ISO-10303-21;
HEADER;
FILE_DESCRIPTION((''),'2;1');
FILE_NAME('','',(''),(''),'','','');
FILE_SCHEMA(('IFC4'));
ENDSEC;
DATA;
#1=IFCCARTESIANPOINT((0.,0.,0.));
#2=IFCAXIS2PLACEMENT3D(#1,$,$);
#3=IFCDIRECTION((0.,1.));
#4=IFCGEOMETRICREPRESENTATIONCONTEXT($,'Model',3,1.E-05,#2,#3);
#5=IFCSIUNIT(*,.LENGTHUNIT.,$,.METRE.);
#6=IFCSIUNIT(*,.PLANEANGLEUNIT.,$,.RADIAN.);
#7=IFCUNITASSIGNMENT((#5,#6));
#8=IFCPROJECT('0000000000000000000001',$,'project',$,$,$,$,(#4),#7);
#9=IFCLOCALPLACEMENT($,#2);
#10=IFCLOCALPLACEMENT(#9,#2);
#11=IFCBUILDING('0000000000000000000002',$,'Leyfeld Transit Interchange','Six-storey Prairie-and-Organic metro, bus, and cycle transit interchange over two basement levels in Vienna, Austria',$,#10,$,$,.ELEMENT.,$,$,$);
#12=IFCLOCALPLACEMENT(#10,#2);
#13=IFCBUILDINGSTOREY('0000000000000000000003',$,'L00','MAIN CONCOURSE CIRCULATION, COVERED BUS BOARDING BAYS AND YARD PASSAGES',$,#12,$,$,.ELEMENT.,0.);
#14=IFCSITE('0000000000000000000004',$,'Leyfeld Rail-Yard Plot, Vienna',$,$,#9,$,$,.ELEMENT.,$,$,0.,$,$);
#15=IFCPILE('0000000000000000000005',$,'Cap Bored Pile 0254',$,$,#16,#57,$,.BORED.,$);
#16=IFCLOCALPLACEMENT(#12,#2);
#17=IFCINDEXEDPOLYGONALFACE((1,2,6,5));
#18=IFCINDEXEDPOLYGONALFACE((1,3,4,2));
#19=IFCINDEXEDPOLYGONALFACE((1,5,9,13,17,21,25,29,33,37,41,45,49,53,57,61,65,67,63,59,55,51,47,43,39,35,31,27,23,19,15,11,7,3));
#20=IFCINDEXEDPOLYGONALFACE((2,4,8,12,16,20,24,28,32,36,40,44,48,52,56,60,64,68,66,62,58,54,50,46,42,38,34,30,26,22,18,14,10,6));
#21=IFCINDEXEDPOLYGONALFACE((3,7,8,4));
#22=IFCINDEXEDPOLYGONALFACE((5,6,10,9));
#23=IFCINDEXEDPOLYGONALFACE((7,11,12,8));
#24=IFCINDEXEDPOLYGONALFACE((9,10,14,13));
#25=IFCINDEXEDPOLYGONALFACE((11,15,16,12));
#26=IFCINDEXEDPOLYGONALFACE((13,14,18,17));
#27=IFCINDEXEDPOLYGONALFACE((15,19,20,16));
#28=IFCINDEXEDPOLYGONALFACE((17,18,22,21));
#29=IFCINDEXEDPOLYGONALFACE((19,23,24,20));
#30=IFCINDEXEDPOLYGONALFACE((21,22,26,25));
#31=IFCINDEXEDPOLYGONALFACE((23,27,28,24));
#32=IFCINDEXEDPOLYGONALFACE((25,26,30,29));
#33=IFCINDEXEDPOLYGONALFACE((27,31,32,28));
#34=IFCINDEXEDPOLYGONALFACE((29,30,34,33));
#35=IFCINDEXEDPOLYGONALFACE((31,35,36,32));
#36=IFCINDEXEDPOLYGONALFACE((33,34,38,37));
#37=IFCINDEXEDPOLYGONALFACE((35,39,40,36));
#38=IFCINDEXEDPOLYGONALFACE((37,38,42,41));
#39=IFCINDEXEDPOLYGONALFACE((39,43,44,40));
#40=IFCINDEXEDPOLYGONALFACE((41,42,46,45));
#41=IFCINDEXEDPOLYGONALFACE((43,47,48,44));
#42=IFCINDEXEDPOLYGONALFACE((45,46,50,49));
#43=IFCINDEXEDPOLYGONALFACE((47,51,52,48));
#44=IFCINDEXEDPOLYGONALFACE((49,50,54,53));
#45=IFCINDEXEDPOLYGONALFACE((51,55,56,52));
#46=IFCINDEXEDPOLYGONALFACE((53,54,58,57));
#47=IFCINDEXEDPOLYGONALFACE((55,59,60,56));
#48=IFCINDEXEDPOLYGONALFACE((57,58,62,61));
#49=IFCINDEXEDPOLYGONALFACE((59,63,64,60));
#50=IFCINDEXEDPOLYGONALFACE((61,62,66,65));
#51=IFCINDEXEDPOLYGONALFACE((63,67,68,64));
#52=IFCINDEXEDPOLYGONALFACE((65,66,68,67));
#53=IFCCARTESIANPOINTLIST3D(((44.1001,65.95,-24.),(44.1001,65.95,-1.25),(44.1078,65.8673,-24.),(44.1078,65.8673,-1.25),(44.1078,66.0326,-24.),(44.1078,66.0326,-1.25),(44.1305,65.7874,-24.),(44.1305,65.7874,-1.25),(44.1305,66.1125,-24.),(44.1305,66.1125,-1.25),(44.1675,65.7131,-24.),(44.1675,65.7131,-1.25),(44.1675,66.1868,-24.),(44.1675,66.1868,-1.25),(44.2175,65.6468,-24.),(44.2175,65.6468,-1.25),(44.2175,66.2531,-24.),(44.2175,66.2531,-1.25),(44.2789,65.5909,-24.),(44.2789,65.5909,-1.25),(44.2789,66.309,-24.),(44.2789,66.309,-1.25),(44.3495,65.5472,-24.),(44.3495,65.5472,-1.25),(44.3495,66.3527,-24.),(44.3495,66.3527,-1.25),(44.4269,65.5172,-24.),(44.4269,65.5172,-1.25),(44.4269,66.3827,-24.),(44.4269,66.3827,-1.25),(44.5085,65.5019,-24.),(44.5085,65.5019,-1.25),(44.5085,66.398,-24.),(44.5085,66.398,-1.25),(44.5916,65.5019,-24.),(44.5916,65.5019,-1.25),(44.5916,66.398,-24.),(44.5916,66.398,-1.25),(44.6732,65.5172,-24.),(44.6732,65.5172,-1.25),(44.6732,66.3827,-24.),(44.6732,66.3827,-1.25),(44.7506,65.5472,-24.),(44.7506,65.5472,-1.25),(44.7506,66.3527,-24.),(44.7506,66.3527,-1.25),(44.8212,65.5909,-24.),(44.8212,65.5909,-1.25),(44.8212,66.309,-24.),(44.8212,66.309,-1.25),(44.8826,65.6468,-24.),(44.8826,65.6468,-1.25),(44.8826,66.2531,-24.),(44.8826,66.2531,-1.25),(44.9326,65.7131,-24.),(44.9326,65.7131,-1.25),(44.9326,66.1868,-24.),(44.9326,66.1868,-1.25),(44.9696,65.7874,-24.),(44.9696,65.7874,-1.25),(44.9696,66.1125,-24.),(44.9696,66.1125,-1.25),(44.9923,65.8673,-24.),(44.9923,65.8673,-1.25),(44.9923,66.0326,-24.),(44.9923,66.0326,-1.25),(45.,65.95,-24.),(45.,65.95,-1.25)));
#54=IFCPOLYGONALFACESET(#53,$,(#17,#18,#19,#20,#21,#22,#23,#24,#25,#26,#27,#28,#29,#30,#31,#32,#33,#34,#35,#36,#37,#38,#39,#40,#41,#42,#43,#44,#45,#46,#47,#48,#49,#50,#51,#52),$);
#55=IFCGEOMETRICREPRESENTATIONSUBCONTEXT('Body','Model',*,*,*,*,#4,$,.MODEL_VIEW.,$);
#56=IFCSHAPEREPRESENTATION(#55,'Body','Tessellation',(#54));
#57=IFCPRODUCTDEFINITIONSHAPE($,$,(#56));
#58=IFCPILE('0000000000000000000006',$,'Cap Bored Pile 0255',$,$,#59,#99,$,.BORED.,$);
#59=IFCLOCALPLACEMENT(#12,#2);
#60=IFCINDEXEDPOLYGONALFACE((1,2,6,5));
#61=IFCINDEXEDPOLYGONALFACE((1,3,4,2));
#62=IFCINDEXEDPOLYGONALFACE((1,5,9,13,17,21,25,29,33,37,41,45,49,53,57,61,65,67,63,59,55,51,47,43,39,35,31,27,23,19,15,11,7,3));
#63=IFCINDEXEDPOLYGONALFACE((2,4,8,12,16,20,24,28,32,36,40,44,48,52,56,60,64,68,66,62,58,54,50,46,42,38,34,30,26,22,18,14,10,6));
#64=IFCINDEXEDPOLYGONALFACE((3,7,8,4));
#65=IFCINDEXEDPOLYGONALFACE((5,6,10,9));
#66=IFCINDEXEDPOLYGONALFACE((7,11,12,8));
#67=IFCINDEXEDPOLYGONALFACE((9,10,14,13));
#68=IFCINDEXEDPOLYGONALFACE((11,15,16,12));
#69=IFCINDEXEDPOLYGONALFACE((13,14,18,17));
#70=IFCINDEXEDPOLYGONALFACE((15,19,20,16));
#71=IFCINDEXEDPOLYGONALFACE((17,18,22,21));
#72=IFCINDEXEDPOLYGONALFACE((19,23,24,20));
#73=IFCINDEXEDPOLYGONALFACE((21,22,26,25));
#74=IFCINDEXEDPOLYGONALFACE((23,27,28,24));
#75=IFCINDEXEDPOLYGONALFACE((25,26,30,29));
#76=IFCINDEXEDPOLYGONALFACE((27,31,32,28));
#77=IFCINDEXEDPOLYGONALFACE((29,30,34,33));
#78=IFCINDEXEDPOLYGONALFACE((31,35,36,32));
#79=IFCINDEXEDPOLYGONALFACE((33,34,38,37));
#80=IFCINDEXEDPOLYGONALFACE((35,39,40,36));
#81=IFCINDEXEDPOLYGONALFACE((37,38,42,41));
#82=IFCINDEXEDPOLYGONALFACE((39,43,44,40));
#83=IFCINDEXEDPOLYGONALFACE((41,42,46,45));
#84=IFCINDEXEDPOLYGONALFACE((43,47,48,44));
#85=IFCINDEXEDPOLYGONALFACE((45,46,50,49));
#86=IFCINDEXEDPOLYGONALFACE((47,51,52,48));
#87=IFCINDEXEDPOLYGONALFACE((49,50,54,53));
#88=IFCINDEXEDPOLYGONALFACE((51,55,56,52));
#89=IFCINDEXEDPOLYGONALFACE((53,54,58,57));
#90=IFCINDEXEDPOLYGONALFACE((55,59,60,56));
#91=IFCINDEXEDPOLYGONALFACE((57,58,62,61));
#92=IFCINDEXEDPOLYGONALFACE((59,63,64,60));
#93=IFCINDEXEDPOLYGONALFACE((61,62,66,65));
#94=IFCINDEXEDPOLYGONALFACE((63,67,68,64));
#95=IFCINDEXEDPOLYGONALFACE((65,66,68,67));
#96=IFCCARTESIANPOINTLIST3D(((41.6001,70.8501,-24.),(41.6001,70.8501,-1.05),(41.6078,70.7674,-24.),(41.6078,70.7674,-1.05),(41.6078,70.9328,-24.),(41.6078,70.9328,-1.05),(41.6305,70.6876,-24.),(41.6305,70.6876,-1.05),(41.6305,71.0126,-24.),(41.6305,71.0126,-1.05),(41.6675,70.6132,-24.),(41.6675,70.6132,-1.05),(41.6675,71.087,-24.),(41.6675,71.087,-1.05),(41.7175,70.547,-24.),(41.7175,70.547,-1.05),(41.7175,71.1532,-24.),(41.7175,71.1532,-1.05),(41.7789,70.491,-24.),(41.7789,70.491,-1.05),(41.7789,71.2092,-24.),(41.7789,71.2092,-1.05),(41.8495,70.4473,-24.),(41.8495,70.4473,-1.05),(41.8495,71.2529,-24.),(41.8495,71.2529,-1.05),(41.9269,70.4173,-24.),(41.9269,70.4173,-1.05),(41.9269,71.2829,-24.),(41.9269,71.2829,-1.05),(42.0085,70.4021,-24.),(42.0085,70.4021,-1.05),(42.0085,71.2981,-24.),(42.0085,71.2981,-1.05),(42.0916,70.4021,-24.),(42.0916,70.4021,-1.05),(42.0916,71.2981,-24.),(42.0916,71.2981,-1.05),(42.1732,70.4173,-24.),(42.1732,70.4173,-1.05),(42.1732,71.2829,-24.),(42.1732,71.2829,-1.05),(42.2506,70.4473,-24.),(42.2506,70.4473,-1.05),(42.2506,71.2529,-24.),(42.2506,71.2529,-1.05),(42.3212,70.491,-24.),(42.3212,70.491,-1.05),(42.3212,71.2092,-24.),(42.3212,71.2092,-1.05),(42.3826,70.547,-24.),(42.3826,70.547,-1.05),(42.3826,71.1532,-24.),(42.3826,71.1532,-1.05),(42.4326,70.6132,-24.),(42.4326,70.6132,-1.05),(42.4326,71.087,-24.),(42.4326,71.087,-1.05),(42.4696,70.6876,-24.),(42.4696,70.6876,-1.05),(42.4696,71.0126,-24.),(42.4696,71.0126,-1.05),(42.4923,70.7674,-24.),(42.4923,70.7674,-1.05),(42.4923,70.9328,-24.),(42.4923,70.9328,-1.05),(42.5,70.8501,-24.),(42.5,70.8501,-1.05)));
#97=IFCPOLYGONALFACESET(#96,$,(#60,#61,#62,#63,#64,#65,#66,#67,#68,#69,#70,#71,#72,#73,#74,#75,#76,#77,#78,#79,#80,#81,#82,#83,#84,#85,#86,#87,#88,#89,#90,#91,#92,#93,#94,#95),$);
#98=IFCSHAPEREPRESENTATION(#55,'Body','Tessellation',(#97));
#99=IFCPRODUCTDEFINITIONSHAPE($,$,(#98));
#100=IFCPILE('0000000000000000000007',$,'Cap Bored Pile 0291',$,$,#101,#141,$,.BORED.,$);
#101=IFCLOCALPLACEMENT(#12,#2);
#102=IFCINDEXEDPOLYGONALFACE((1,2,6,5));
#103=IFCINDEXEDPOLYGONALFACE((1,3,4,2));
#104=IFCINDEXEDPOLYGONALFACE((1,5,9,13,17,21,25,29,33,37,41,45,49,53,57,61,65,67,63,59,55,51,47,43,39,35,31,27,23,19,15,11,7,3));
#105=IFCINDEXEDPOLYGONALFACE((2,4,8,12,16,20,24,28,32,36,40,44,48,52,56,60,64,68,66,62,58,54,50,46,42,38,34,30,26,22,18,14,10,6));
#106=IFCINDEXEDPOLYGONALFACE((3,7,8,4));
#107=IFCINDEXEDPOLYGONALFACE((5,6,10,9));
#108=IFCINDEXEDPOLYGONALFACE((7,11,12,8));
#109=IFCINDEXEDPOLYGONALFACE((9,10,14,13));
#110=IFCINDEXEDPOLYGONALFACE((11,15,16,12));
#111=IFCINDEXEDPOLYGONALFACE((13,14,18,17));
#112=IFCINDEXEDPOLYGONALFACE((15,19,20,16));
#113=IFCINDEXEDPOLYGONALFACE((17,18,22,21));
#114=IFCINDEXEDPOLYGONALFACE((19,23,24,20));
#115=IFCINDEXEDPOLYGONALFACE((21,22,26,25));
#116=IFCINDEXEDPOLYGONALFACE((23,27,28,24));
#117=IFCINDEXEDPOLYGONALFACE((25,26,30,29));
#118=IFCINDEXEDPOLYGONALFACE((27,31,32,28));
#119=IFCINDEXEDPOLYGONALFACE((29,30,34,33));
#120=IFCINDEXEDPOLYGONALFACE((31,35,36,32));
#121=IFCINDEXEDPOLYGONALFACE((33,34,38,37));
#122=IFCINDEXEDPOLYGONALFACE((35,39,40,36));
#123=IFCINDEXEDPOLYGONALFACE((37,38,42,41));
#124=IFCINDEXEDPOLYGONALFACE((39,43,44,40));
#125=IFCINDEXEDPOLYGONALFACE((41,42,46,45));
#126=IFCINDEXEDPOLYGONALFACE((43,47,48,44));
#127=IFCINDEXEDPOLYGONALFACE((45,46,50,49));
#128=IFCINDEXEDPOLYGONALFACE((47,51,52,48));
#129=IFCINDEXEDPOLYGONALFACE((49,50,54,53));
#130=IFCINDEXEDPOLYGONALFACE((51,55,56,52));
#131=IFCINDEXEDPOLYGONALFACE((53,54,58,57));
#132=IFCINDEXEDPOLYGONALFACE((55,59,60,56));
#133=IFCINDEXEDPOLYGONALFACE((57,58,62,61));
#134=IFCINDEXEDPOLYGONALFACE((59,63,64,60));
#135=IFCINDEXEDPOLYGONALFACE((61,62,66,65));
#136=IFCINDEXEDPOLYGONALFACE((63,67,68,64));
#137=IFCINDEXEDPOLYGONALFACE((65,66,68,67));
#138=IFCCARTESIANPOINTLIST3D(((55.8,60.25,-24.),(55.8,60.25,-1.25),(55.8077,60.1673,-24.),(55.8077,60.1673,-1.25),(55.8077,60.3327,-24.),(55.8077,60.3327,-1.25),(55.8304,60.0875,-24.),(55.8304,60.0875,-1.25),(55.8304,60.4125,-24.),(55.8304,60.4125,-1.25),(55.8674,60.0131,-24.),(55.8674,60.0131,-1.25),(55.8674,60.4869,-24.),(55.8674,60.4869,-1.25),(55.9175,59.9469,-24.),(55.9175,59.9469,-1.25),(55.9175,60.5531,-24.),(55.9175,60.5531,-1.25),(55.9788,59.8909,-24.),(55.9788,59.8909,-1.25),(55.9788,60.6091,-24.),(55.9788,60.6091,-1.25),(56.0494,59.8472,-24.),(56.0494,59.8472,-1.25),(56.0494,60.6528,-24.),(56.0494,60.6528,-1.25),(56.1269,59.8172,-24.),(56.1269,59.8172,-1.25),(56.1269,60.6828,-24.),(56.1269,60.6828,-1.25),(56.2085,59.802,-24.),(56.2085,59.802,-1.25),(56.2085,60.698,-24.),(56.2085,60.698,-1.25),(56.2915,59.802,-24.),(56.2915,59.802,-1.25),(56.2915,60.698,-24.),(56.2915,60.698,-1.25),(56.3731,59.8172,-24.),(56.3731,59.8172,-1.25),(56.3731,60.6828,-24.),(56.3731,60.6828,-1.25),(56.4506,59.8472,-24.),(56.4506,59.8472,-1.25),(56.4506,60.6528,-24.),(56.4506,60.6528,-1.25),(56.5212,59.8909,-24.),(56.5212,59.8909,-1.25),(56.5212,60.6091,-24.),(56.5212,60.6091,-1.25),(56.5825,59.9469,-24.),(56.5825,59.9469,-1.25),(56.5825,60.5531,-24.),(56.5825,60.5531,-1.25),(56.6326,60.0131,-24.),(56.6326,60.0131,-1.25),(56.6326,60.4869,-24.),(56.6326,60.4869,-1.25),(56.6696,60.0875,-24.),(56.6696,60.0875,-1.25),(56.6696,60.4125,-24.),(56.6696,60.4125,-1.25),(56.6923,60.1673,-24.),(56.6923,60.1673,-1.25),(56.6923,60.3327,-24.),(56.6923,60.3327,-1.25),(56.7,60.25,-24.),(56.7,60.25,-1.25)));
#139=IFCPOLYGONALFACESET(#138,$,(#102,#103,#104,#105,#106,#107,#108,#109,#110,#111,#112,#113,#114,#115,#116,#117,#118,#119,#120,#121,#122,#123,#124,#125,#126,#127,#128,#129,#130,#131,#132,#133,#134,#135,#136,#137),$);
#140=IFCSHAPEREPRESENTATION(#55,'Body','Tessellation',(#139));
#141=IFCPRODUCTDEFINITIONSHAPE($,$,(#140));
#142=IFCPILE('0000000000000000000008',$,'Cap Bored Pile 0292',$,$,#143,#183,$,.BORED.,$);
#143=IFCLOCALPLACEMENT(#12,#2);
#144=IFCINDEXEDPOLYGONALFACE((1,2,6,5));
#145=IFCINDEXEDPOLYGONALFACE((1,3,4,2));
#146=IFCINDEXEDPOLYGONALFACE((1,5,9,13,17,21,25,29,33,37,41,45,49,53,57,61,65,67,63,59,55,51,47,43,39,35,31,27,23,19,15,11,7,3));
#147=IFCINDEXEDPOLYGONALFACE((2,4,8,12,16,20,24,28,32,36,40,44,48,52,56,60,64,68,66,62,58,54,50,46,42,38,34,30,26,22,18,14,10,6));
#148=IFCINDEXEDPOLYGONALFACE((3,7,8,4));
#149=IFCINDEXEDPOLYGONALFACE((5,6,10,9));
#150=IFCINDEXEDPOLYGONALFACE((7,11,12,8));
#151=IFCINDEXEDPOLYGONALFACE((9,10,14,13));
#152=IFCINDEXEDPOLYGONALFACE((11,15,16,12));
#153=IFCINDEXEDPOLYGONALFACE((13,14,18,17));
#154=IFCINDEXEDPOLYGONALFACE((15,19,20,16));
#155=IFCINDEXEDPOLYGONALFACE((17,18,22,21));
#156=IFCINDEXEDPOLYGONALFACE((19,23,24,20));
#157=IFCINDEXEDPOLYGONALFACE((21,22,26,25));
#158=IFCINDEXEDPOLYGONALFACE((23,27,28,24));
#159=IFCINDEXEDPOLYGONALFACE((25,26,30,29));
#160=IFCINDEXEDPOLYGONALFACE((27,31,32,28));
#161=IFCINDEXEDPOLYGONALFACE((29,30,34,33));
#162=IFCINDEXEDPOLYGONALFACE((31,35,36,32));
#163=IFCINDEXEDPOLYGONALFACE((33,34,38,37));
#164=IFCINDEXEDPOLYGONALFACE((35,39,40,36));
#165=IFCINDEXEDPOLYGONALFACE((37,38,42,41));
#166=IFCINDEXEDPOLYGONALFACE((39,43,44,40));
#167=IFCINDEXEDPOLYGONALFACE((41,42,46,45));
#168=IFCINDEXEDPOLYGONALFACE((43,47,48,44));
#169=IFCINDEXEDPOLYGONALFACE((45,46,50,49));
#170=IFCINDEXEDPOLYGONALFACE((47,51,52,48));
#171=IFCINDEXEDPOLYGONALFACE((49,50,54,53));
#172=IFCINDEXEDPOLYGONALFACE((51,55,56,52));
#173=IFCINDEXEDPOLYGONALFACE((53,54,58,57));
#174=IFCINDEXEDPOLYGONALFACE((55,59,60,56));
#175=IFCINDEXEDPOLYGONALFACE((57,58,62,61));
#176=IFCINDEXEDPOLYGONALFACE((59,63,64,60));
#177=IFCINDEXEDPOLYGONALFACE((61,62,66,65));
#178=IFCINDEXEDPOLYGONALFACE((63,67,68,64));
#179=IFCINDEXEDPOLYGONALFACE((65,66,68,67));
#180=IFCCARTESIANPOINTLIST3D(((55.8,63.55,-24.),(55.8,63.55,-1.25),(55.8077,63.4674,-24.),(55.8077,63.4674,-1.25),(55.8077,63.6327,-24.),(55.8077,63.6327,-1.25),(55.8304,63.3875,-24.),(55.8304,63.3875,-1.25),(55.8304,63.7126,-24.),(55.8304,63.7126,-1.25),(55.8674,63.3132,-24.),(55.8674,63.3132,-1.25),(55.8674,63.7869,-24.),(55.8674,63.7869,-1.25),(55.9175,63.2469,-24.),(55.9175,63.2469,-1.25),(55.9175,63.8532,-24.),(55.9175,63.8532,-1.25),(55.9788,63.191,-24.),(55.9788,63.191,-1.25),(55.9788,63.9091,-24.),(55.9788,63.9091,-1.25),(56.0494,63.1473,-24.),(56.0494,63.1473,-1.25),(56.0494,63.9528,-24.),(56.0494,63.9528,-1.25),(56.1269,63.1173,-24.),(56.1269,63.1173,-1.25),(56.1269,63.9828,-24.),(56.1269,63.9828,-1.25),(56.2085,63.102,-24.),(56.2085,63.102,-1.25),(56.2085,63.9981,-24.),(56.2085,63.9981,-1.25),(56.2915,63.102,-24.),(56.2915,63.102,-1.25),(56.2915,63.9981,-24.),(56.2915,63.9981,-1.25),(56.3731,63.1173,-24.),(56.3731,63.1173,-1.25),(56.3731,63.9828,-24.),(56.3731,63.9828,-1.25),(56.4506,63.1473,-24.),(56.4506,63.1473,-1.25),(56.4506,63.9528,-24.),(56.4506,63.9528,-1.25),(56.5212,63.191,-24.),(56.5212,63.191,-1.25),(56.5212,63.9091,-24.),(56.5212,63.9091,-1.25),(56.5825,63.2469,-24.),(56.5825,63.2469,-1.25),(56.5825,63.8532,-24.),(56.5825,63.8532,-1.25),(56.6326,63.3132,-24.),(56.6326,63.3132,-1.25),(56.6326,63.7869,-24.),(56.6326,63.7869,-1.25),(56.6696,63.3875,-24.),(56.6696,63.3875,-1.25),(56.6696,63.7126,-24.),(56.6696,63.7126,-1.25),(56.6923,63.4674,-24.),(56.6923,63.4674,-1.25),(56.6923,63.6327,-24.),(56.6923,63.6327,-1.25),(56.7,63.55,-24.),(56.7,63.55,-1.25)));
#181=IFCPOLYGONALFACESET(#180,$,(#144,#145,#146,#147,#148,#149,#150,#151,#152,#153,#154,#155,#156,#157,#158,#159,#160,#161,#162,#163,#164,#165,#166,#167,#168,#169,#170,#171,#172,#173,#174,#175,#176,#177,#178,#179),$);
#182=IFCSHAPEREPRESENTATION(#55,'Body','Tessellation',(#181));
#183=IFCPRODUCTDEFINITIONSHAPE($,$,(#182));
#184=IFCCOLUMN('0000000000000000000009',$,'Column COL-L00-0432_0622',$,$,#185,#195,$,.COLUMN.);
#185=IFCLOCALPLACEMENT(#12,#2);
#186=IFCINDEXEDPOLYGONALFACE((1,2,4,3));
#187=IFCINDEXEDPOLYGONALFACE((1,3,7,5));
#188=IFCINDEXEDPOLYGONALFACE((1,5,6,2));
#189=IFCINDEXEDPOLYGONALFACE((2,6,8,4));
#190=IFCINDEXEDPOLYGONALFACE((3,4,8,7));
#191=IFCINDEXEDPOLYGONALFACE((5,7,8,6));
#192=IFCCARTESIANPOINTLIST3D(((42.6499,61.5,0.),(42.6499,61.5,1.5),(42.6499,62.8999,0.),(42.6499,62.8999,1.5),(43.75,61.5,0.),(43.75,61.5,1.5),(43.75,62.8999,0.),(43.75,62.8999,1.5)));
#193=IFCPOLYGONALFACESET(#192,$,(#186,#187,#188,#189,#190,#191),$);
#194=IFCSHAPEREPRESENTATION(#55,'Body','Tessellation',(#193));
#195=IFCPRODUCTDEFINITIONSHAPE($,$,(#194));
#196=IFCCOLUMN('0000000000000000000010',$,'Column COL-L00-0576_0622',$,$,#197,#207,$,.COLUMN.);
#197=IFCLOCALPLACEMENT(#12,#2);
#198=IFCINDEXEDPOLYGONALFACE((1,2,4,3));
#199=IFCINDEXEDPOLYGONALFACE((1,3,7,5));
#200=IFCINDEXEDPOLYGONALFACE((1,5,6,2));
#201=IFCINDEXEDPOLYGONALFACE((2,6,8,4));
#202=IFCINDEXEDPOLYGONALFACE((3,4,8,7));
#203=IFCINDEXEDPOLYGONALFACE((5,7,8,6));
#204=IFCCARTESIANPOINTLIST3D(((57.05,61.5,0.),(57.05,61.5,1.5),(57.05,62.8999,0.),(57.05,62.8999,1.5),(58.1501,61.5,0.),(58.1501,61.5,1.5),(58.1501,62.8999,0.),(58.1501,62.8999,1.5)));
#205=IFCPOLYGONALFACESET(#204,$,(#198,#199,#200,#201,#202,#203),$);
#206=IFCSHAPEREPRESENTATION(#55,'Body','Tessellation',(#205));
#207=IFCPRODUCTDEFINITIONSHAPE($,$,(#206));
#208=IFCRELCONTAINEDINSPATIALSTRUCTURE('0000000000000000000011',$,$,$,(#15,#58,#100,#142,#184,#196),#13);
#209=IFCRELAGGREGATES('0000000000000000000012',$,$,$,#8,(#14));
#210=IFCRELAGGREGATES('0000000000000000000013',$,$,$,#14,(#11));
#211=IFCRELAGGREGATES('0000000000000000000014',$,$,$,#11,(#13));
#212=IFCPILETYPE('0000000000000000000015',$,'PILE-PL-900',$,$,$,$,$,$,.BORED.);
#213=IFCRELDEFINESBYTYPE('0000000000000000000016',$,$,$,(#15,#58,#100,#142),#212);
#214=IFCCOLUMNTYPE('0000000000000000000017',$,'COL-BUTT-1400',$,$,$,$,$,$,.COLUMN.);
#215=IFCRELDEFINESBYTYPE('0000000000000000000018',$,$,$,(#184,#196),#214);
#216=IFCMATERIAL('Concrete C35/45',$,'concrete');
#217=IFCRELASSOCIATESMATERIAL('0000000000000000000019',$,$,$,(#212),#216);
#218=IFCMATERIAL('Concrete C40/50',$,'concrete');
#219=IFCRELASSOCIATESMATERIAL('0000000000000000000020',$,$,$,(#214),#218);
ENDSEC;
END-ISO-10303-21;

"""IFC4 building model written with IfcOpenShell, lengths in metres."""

from ifc_helpers import new_model, si_unit, direction, frame, origin, origin_2d, place, context, subcontext, project, spatial, rectangle, circle, extrude, material, material_profile, profile_set, type_object, element, save


model = new_model("IFC4")

# Units and contexts
model_context = context("Model", 3, precision=1e-05, world=origin(), true_north=direction((0.0, 1.0)))
body_context = subcontext(model_context, "Body", "Model", "MODEL_VIEW")
ifc_project = project(units=[si_unit("LENGTHUNIT", "METRE"), si_unit("PLANEANGLEUNIT", "RADIAN")], contexts=[model_context])

# Site, building, storey
site_placement = place(None, origin())
site = spatial("IfcSite", under=ifc_project, at=site_placement, Name="Leyfeld Rail-Yard Plot, Vienna", CompositionType="ELEMENT", RefElevation=0.0)
building_placement = place(site_placement, origin())
building = spatial("IfcBuilding", under=site, at=building_placement, Name="Leyfeld Transit Interchange", Description="Six-storey Prairie-and-Organic metro, bus, and cycle transit interchange over two basement levels in Vienna, Austria", CompositionType="ELEMENT")
storey_placement = place(building_placement, origin())
storey = spatial("IfcBuildingStorey", under=building, at=storey_placement, Name="L00", Description="MAIN CONCOURSE CIRCULATION, COVERED BUS BOARDING BAYS AND YARD PASSAGES", CompositionType="ELEMENT", Elevation=0.0)

# Shared definitions
ifc_material_1 = material(Name="Concrete C35/45", Category="concrete")

# Piles
ifc_material_profile_1 = material_profile(ifc_material_1, circle(Radius=0.45, at=origin_2d()), Name="PILE D900")
ifc_profile_set_1 = profile_set([ifc_material_profile_1], Name="Concrete C35/45")
pile_type = type_object("IfcPileType", Name="PILE-PL-900", PredefinedType="BORED", material=ifc_profile_set_1)
for number, where, z_axis, x_axis, name in (
    (1, (44.55, 65.95, -1.25), (0.0, 0.0, -1.0), (1.0, 0.0, 0.0), "Cap Bored Pile 0254"),
):
    element("IfcPile", number, at=place(storey_placement, frame(where, z_axis=z_axis, x_axis=x_axis)), inside=storey, type_object=pile_type, Name=name, PredefinedType="BORED", context=body_context, shape_type="SweptSolid", body=[
        extrude(circle(Radius=0.45, at=origin_2d()), origin(), (0.0, 0.0, 1.0), 22.75),
    ])
pile_placement = place(storey_placement, frame((42.05, 70.8501, -1.05), z_axis=(0.0, 0.0, -1.0), x_axis=(1.0, 0.0, 0.0)))
element("IfcPile", 2, at=pile_placement, inside=storey, type_object=pile_type, Name="Cap Bored Pile 0255", PredefinedType="BORED", context=body_context, shape_type="SweptSolid", body=[
    extrude(circle(Radius=0.45, at=origin_2d()), origin(), (0.0, 0.0, 1.0), 22.95),
])
for number, where, z_axis, x_axis, name in (
    (3, (56.25, 60.25, -1.25), (0.0, 0.0, -1.0), (1.0, 0.0, 0.0), "Cap Bored Pile 0291"),
    (4, (56.25, 63.55, -1.25), (0.0, 0.0, -1.0), (1.0, 0.0, 0.0), "Cap Bored Pile 0292"),
):
    element("IfcPile", number, at=place(storey_placement, frame(where, z_axis=z_axis, x_axis=x_axis)), inside=storey, type_object=pile_type, Name=name, PredefinedType="BORED", context=body_context, shape_type="SweptSolid", body=[
        extrude(circle(Radius=0.45, at=origin_2d()), origin(), (0.0, 0.0, 1.0), 22.75),
    ])

# Columns
ifc_material_2 = material(Name="Concrete C40/50", Category="concrete")
ifc_material_profile_2 = material_profile(ifc_material_2, rectangle(XDim=1.1001, YDim=1.3999, at=origin_2d()), Name="RC 1400x1100")
ifc_profile_set_2 = profile_set([ifc_material_profile_2], Name="Concrete C40/50")
column_type_1 = type_object("IfcColumnType", Name="COL-BUTT-1400", PredefinedType="COLUMN", material=ifc_profile_set_2)
for number, where, z_axis, x_axis, name in (
    (5, (43.2, 62.2, 0.0), (0.0, 0.0, 1.0), (1.0, 0.0, 0.0), "Column COL-L00-0432_0622"),
    (6, (57.6001, 62.2, 0.0), (0.0, 0.0, 1.0), (1.0, 0.0, 0.0), "Column COL-L00-0576_0622"),
):
    element("IfcColumn", number, at=place(storey_placement, frame(where, z_axis=z_axis, x_axis=x_axis)), inside=storey, type_object=column_type_1, Name=name, PredefinedType="COLUMN", context=body_context, shape_type="SweptSolid", body=[
        extrude(rectangle(XDim=1.1001, YDim=1.3999, at=origin_2d()), origin(), (0.0, 0.0, 1.0), 1.5),
    ])

save(model, "model.ifc")
